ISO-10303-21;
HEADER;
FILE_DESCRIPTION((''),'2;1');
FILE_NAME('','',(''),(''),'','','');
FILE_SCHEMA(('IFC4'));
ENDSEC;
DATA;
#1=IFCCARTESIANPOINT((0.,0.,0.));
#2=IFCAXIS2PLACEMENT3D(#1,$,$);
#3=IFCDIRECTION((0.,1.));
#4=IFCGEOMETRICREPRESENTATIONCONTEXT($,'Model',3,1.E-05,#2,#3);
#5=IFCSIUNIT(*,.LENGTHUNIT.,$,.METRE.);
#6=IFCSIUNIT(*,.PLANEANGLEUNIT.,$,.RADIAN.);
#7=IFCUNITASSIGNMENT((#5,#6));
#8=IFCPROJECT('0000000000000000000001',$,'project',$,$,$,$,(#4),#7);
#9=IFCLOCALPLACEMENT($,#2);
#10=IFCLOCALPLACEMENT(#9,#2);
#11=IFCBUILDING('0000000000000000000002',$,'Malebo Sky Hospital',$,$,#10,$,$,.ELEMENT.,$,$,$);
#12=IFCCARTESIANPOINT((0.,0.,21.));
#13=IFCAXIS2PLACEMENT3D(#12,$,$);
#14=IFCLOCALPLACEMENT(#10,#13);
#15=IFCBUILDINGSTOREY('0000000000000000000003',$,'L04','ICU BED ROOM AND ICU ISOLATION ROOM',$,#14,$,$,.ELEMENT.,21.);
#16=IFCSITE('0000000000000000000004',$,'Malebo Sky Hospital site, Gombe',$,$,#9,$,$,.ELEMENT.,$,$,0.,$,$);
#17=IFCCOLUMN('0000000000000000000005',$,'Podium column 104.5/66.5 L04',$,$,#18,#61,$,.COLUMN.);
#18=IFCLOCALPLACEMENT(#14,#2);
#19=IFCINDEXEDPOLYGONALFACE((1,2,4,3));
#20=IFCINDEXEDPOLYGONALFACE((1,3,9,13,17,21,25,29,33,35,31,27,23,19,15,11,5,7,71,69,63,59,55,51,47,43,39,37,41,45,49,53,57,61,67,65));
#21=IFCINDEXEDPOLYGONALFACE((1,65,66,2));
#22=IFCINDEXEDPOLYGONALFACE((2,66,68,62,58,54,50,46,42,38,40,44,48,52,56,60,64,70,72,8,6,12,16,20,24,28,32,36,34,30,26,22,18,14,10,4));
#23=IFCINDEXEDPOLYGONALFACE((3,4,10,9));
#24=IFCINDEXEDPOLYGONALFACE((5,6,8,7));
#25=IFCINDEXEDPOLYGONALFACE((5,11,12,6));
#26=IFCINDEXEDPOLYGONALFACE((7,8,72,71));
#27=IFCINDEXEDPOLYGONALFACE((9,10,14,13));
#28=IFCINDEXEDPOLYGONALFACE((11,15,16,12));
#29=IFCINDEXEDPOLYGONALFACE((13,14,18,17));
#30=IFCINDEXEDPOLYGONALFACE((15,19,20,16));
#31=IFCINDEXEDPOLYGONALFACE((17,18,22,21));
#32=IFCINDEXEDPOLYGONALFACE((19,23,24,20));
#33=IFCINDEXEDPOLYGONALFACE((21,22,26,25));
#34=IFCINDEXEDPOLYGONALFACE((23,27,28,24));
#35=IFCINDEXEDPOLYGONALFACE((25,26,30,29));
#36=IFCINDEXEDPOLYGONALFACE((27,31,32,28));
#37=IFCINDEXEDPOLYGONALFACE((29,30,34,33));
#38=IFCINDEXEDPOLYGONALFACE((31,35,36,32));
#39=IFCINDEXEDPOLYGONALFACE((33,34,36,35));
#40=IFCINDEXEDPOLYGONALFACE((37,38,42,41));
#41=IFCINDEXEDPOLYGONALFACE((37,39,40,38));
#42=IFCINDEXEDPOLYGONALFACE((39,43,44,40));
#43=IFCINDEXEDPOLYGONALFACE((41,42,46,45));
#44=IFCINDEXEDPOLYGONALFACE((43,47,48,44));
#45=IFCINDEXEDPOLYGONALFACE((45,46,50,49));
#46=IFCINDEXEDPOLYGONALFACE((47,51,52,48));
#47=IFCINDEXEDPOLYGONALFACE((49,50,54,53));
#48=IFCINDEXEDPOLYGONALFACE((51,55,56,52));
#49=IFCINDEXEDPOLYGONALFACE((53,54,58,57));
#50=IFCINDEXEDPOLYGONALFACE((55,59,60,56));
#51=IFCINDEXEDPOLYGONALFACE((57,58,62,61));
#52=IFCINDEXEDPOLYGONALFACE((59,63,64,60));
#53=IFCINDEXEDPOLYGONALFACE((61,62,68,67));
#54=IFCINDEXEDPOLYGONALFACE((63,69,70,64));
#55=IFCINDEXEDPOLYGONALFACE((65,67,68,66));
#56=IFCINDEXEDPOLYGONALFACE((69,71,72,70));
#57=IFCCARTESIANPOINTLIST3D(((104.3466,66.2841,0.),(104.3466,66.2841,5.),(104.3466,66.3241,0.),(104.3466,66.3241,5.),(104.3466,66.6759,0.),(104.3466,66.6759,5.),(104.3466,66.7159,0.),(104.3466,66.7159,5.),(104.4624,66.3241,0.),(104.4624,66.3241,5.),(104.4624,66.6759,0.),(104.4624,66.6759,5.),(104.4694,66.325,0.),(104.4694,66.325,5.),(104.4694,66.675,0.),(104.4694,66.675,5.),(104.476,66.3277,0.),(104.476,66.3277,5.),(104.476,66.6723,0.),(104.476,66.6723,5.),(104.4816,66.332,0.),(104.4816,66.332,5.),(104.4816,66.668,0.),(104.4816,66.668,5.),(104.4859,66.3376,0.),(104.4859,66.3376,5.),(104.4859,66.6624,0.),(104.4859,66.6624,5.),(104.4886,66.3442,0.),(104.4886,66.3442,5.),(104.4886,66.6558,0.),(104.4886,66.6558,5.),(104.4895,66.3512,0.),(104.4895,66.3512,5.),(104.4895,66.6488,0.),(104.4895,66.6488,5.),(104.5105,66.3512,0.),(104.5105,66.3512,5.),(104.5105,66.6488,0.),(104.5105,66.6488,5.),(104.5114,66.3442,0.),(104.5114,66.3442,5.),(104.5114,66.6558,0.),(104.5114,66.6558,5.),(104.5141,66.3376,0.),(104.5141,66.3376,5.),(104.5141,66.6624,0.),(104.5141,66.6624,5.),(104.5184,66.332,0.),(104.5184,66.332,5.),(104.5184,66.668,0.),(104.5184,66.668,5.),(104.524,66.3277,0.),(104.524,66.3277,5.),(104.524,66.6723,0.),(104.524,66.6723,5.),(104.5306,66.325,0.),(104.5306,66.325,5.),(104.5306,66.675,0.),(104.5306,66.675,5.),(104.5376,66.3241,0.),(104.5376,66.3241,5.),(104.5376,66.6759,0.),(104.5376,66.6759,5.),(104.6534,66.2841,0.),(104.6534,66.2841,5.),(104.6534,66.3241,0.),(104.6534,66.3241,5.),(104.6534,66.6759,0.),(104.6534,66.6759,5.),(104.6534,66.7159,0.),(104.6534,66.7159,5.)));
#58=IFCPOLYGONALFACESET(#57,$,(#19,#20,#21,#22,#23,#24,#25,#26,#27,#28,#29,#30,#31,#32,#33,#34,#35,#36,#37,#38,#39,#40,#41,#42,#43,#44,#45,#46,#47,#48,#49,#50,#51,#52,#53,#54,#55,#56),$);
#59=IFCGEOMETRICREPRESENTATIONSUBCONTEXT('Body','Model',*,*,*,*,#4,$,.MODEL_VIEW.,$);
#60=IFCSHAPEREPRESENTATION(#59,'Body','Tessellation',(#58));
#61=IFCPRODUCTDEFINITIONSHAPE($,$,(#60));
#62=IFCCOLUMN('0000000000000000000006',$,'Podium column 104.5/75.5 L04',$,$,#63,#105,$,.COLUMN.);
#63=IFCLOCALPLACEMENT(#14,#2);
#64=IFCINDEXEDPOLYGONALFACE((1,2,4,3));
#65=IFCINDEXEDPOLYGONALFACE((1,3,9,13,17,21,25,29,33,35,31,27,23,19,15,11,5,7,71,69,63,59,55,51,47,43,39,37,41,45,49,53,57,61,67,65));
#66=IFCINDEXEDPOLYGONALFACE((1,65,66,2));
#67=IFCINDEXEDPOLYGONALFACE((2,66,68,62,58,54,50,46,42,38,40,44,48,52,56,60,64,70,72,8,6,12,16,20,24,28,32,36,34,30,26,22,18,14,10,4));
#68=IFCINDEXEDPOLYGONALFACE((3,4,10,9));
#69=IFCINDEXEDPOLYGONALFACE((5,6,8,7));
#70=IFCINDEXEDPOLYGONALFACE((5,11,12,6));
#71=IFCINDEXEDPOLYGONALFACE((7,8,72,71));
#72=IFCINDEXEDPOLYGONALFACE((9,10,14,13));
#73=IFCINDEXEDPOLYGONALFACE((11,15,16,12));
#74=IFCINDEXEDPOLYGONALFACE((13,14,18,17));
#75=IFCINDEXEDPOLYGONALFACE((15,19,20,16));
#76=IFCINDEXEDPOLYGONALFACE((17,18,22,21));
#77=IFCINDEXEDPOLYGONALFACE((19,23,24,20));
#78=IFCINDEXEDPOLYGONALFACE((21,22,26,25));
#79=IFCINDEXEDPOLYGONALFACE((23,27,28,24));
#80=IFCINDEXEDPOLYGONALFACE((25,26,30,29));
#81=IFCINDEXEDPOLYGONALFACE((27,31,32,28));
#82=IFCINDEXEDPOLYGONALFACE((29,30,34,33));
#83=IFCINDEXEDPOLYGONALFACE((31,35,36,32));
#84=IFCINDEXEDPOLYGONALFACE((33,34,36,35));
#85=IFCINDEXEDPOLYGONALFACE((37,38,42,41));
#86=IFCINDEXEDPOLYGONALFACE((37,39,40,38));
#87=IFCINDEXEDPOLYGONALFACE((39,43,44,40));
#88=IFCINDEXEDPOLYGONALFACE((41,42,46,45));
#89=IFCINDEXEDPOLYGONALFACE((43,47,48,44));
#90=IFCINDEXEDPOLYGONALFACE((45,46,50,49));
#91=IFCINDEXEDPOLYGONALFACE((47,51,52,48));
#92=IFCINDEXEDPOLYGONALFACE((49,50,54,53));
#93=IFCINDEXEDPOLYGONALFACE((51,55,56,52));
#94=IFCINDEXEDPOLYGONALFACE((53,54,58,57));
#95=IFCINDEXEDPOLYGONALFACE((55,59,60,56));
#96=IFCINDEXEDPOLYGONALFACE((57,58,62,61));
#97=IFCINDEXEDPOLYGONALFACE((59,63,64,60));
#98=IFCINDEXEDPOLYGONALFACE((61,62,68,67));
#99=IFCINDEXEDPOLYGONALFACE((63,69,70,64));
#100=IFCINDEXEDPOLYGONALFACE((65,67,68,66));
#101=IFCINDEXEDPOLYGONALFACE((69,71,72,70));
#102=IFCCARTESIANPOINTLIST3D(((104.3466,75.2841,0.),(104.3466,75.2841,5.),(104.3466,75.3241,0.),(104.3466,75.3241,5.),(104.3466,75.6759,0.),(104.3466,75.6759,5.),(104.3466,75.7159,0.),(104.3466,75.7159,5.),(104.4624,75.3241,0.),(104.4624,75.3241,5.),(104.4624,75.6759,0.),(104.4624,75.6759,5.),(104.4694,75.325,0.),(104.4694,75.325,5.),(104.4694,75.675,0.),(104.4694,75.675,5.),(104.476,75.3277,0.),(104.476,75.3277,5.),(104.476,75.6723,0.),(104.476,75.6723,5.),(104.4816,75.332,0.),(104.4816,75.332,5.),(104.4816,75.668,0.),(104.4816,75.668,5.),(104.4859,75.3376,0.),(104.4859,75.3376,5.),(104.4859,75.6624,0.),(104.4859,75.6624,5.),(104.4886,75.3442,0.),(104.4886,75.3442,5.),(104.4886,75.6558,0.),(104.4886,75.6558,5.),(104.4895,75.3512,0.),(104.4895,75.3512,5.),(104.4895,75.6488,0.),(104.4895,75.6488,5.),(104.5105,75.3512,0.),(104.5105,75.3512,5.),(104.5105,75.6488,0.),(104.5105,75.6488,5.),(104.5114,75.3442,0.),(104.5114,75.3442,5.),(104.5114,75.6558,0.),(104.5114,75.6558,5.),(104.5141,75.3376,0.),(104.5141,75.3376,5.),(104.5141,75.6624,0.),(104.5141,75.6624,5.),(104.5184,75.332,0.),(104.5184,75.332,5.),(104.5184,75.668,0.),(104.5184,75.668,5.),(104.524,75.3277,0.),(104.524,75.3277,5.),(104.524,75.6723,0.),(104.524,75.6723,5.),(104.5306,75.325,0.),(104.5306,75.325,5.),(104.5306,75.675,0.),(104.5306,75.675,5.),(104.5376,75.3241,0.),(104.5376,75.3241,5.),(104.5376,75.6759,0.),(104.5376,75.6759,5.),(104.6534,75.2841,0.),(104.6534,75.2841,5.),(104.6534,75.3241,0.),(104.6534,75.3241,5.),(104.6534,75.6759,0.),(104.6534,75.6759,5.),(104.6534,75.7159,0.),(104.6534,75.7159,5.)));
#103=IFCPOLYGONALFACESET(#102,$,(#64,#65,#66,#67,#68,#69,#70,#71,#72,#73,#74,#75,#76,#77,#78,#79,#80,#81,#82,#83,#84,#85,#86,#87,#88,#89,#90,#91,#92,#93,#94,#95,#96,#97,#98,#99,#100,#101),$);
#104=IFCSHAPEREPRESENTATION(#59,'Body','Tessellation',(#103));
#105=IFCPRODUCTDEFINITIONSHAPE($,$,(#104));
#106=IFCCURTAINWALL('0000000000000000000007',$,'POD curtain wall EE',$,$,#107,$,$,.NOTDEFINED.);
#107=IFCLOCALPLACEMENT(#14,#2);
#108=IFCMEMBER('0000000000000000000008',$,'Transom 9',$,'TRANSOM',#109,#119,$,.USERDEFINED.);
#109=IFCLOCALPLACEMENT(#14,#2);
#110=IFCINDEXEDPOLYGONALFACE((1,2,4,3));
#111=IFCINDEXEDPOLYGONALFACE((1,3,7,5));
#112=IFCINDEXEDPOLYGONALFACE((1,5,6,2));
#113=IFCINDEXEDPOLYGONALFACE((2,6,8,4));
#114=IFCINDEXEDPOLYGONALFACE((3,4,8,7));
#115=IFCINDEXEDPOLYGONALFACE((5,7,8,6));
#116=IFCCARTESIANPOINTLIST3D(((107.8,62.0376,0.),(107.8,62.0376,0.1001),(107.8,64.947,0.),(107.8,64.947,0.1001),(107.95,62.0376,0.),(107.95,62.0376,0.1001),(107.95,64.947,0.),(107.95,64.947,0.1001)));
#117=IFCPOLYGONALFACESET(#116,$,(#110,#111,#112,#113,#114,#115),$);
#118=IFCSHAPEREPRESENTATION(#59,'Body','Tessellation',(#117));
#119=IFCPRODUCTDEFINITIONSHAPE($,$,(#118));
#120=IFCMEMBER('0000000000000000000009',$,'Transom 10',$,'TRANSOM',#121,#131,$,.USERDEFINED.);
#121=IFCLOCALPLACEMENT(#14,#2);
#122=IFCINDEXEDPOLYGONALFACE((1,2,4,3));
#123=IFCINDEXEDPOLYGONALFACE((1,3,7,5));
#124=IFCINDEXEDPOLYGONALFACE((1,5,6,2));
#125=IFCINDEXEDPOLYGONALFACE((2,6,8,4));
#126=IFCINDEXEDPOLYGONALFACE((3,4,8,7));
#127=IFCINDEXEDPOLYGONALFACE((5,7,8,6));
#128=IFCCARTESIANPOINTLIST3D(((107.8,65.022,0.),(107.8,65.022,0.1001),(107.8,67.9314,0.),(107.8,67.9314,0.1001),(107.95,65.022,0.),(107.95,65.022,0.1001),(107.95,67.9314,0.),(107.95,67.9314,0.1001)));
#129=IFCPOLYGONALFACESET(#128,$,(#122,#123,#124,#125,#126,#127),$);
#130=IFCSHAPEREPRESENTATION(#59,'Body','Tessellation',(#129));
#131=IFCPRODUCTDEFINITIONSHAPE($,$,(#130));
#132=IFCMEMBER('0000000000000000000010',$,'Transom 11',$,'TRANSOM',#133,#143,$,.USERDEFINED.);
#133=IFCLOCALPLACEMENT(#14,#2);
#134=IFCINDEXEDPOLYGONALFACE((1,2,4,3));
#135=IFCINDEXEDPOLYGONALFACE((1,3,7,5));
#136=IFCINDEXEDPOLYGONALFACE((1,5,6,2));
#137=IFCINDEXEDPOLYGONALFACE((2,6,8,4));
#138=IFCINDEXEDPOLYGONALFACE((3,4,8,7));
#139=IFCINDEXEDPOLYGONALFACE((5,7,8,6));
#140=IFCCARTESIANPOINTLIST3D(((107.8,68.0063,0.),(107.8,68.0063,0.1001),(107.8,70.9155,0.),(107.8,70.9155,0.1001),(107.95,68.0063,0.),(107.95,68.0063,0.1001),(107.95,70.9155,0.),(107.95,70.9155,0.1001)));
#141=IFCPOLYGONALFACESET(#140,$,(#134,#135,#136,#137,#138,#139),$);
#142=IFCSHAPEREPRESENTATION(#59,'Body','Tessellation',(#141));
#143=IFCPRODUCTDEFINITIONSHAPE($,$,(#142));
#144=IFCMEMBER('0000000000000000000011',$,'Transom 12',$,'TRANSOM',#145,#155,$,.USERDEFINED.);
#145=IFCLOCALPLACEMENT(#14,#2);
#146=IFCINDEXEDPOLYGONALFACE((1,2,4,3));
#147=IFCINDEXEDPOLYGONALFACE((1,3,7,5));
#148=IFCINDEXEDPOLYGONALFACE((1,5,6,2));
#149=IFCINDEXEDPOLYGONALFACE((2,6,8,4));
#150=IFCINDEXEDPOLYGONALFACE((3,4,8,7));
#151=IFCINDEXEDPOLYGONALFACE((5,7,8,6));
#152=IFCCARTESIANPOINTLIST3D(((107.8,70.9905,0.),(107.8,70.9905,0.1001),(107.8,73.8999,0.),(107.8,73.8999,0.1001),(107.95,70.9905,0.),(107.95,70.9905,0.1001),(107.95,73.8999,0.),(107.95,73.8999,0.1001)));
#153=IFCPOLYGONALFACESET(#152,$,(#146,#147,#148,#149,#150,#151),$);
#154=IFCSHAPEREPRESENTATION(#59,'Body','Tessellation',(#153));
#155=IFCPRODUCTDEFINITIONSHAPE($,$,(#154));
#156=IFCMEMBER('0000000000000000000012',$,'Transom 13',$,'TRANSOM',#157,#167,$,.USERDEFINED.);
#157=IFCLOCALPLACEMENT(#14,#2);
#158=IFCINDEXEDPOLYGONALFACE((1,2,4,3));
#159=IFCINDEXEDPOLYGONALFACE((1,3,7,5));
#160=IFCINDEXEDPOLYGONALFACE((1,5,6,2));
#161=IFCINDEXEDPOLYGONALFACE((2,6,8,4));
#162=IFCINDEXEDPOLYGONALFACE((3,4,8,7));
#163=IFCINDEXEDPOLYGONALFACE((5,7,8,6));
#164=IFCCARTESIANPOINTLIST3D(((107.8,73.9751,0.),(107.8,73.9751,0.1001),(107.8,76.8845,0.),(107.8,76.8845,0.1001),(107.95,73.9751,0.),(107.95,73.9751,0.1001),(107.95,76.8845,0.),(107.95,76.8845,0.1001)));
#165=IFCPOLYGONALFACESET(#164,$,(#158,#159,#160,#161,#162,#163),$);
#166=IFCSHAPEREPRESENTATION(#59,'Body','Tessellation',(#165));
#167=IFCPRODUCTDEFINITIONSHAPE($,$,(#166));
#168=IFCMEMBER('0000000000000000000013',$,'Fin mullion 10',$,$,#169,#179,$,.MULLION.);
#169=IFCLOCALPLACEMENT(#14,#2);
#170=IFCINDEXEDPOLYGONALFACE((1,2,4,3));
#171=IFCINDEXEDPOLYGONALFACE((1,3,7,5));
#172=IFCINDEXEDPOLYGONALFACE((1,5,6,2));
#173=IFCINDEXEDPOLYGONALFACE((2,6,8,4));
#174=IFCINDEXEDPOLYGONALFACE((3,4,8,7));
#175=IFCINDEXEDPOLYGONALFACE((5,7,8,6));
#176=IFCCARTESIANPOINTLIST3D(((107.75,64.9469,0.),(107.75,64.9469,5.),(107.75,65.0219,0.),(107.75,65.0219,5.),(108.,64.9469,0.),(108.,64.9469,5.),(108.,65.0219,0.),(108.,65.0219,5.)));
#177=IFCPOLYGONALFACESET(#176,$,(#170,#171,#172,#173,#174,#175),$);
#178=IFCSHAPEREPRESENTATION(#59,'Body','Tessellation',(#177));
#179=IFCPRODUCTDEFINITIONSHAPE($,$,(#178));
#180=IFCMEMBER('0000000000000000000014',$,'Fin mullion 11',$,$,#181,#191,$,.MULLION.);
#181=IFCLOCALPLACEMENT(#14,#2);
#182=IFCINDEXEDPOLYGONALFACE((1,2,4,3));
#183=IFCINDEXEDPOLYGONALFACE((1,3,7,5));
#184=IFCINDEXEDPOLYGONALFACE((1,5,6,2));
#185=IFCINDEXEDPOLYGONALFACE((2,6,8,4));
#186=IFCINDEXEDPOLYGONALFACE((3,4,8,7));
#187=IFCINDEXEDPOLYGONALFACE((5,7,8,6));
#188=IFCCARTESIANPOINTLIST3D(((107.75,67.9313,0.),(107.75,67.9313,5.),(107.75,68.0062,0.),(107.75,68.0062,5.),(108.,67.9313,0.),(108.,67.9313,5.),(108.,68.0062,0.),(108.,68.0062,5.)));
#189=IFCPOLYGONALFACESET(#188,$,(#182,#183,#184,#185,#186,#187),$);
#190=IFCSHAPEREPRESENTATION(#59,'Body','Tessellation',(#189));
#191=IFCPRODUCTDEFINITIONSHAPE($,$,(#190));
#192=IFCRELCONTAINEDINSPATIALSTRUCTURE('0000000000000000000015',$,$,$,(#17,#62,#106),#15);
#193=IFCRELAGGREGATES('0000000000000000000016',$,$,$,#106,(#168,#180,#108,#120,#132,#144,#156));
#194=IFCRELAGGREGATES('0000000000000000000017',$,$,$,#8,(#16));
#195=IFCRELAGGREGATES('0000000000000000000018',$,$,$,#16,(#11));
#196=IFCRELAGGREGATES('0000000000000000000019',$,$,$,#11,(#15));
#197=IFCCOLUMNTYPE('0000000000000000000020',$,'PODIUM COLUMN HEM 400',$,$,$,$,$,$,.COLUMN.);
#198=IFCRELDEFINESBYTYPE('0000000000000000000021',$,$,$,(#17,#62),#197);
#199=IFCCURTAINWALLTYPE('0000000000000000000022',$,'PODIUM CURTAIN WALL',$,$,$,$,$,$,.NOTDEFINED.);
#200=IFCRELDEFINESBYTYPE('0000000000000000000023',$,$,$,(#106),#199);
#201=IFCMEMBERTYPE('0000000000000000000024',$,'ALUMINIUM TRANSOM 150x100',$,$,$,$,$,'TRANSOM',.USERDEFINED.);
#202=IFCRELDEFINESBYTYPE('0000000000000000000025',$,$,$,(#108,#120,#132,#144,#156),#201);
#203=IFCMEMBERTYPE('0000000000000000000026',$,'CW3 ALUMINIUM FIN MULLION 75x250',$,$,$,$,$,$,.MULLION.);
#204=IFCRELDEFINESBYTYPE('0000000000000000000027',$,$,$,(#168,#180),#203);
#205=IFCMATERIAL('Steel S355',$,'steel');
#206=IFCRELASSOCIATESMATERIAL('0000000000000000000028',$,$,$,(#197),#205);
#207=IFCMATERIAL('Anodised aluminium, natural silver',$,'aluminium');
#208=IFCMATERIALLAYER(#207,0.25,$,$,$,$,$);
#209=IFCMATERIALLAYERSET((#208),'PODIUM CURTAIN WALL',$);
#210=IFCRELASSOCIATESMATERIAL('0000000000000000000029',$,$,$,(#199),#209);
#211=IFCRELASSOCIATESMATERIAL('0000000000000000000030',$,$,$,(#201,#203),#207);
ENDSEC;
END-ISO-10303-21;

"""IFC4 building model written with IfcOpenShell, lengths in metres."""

from ifc_helpers import new_model, si_unit, direction, frame, origin, origin_2d, place, context, subcontext, project, spatial, rectangle, i_section, extrude, material, layer, layer_set, material_profile, profile_set, type_object, element, aggregate, save


model = new_model("IFC4")

# Units and contexts
model_context = context("Model", 3, precision=1e-05, world=origin(), true_north=direction((0.0, 1.0)))
body_context = subcontext(model_context, "Body", "Model", "MODEL_VIEW")
ifc_project = project(units=[si_unit("LENGTHUNIT", "METRE"), si_unit("PLANEANGLEUNIT", "RADIAN")], contexts=[model_context])

# Site, building, storey
site_placement = place(None, origin())
site = spatial("IfcSite", under=ifc_project, at=site_placement, Name="Malebo Sky Hospital site, Gombe", CompositionType="ELEMENT", RefElevation=0.0)
building_placement = place(site_placement, origin())
building = spatial("IfcBuilding", under=site, at=building_placement, Name="Malebo Sky Hospital", CompositionType="ELEMENT")
storey_placement = place(building_placement, frame((0.0, 0.0, 21.0)))
storey = spatial("IfcBuildingStorey", under=building, at=storey_placement, Name="L04", Description="ICU BED ROOM AND ICU ISOLATION ROOM", CompositionType="ELEMENT", Elevation=21.0)

# Columns
ifc_material_1 = material(Name="Steel S355", Category="steel")
ifc_material_profile_1 = material_profile(ifc_material_1, i_section(OverallWidth=0.3069, OverallDepth=0.4319, WebThickness=0.021, FlangeThickness=0.04, FilletRadius=0.0271, at=origin_2d()), Name="HEM 400")
ifc_profile_set_1 = profile_set([ifc_material_profile_1], Name="Steel S355")
column_type = type_object("IfcColumnType", Name="PODIUM COLUMN HEM 400", PredefinedType="COLUMN", material=ifc_profile_set_1)
for number, where, z_axis, x_axis, name in (
    (1, (104.5, 66.5, 0.0), (0.0, 0.0, 1.0), (1.0, 0.0, 0.0), "Podium column 104.5/66.5 L04"),
    (2, (104.5, 75.5, 0.0), (0.0, 0.0, 1.0), (1.0, 0.0, 0.0), "Podium column 104.5/75.5 L04"),
):
    element("IfcColumn", number, at=place(storey_placement, frame(where, z_axis=z_axis, x_axis=x_axis)), inside=storey, type_object=column_type, Name=name, PredefinedType="COLUMN", context=body_context, shape_type="SweptSolid", body=[
        extrude(i_section(OverallWidth=0.3069, OverallDepth=0.4319, WebThickness=0.021, FlangeThickness=0.04, FilletRadius=0.0271, at=origin_2d()), origin(), (0.0, 0.0, 1.0), 5.0),
    ])

# Curtain wall, members
ifc_material_2 = material(Name="Anodised aluminium, natural silver", Category="aluminium")
ifc_layer_1 = layer(ifc_material_2, 0.25)
ifc_layer_set_1 = layer_set([ifc_layer_1], Name="PODIUM CURTAIN WALL")
curtain_wall_type = type_object("IfcCurtainWallType", Name="PODIUM CURTAIN WALL", PredefinedType="NOTDEFINED", material=ifc_layer_set_1)
curtain_wall_placement = place(storey_placement, origin())
curtain_wall = element("IfcCurtainWall", 3, at=curtain_wall_placement, inside=storey, type_object=curtain_wall_type, Name="POD curtain wall EE", PredefinedType="NOTDEFINED")
ifc_material_profile_2 = material_profile(ifc_material_2, rectangle(XDim=0.1499, YDim=0.1001, at=origin_2d()), Name="ALUMINIUM TRANSOM 150x100")
ifc_profile_set_2 = profile_set([ifc_material_profile_2], Name="Anodised aluminium, natural silver")
member_type_1 = type_object("IfcMemberType", Name="ALUMINIUM TRANSOM 150x100", ElementType="TRANSOM", PredefinedType="USERDEFINED", material=ifc_profile_set_2)
member_1_placement = place(storey_placement, frame((107.875, 62.0376, 0.05), z_axis=(0.0, 1.0, 0.0), x_axis=(-1.0, 0.0, 0.0)))
member_1 = element("IfcMember", 4, at=member_1_placement, type_object=member_type_1, Name="Transom 9", ObjectType="TRANSOM", PredefinedType="USERDEFINED", context=body_context, shape_type="SweptSolid", body=[
    extrude(rectangle(XDim=0.1499, YDim=0.1001, at=origin_2d()), origin(), (0.0, 0.0, 1.0), 2.9094),
])
member_2_placement = place(storey_placement, frame((107.875, 65.022, 0.05), z_axis=(0.0, 1.0, 0.0), x_axis=(-1.0, 0.0, 0.0)))
member_2 = element("IfcMember", 5, at=member_2_placement, type_object=member_type_1, Name="Transom 10", ObjectType="TRANSOM", PredefinedType="USERDEFINED", context=body_context, shape_type="SweptSolid", body=[
    extrude(rectangle(XDim=0.1499, YDim=0.1001, at=origin_2d()), origin(), (0.0, 0.0, 1.0), 2.9094),
])
member_3_placement = place(storey_placement, frame((107.875, 68.0063, 0.05), z_axis=(0.0, 1.0, 0.0), x_axis=(-1.0, 0.0, 0.0)))
member_3 = element("IfcMember", 6, at=member_3_placement, type_object=member_type_1, Name="Transom 11", ObjectType="TRANSOM", PredefinedType="USERDEFINED", context=body_context, shape_type="SweptSolid", body=[
    extrude(rectangle(XDim=0.1499, YDim=0.1001, at=origin_2d()), origin(), (0.0, 0.0, 1.0), 2.9092),
])
member_4_placement = place(storey_placement, frame((107.875, 70.9905, 0.05), z_axis=(0.0, 1.0, 0.0), x_axis=(-1.0, 0.0, 0.0)))
member_4 = element("IfcMember", 7, at=member_4_placement, type_object=member_type_1, Name="Transom 12", ObjectType="TRANSOM", PredefinedType="USERDEFINED", context=body_context, shape_type="SweptSolid", body=[
    extrude(rectangle(XDim=0.1499, YDim=0.1001, at=origin_2d()), origin(), (0.0, 0.0, 1.0), 2.9094),
])
member_5_placement = place(storey_placement, frame((107.875, 73.9751, 0.05), z_axis=(0.0, 1.0, 0.0), x_axis=(-1.0, 0.0, 0.0)))
member_5 = element("IfcMember", 8, at=member_5_placement, type_object=member_type_1, Name="Transom 13", ObjectType="TRANSOM", PredefinedType="USERDEFINED", context=body_context, shape_type="SweptSolid", body=[
    extrude(rectangle(XDim=0.1499, YDim=0.1001, at=origin_2d()), origin(), (0.0, 0.0, 1.0), 2.9094),
])
ifc_material_profile_3 = material_profile(ifc_material_2, rectangle(XDim=0.075, YDim=0.25, at=origin_2d()), Name="CW3 ALUMINIUM FIN MULLION 75x250")
ifc_profile_set_3 = profile_set([ifc_material_profile_3], Name="Anodised aluminium, natural silver")
member_type_2 = type_object("IfcMemberType", Name="CW3 ALUMINIUM FIN MULLION 75x250", PredefinedType="MULLION", material=ifc_profile_set_3)
member_6_placement = place(storey_placement, frame((107.875, 64.9844, 0.0), z_axis=(0.0, 0.0, 1.0), x_axis=(0.0, 1.0, 0.0)))
member_6 = element("IfcMember", 9, at=member_6_placement, type_object=member_type_2, Name="Fin mullion 10", PredefinedType="MULLION", context=body_context, shape_type="SweptSolid", body=[
    extrude(rectangle(XDim=0.075, YDim=0.25, at=origin_2d()), origin(), (0.0, 0.0, 1.0), 5.0),
])
member_7_placement = place(storey_placement, frame((107.875, 67.9688, 0.0), z_axis=(0.0, 0.0, 1.0), x_axis=(0.0, 1.0, 0.0)))
member_7 = element("IfcMember", 10, at=member_7_placement, type_object=member_type_2, Name="Fin mullion 11", PredefinedType="MULLION", context=body_context, shape_type="SweptSolid", body=[
    extrude(rectangle(XDim=0.075, YDim=0.25, at=origin_2d()), origin(), (0.0, 0.0, 1.0), 5.0),
])

aggregate(curtain_wall, [member_6, member_7, member_1, member_2, member_3, member_4, member_5])

save(model, "model.ifc")
